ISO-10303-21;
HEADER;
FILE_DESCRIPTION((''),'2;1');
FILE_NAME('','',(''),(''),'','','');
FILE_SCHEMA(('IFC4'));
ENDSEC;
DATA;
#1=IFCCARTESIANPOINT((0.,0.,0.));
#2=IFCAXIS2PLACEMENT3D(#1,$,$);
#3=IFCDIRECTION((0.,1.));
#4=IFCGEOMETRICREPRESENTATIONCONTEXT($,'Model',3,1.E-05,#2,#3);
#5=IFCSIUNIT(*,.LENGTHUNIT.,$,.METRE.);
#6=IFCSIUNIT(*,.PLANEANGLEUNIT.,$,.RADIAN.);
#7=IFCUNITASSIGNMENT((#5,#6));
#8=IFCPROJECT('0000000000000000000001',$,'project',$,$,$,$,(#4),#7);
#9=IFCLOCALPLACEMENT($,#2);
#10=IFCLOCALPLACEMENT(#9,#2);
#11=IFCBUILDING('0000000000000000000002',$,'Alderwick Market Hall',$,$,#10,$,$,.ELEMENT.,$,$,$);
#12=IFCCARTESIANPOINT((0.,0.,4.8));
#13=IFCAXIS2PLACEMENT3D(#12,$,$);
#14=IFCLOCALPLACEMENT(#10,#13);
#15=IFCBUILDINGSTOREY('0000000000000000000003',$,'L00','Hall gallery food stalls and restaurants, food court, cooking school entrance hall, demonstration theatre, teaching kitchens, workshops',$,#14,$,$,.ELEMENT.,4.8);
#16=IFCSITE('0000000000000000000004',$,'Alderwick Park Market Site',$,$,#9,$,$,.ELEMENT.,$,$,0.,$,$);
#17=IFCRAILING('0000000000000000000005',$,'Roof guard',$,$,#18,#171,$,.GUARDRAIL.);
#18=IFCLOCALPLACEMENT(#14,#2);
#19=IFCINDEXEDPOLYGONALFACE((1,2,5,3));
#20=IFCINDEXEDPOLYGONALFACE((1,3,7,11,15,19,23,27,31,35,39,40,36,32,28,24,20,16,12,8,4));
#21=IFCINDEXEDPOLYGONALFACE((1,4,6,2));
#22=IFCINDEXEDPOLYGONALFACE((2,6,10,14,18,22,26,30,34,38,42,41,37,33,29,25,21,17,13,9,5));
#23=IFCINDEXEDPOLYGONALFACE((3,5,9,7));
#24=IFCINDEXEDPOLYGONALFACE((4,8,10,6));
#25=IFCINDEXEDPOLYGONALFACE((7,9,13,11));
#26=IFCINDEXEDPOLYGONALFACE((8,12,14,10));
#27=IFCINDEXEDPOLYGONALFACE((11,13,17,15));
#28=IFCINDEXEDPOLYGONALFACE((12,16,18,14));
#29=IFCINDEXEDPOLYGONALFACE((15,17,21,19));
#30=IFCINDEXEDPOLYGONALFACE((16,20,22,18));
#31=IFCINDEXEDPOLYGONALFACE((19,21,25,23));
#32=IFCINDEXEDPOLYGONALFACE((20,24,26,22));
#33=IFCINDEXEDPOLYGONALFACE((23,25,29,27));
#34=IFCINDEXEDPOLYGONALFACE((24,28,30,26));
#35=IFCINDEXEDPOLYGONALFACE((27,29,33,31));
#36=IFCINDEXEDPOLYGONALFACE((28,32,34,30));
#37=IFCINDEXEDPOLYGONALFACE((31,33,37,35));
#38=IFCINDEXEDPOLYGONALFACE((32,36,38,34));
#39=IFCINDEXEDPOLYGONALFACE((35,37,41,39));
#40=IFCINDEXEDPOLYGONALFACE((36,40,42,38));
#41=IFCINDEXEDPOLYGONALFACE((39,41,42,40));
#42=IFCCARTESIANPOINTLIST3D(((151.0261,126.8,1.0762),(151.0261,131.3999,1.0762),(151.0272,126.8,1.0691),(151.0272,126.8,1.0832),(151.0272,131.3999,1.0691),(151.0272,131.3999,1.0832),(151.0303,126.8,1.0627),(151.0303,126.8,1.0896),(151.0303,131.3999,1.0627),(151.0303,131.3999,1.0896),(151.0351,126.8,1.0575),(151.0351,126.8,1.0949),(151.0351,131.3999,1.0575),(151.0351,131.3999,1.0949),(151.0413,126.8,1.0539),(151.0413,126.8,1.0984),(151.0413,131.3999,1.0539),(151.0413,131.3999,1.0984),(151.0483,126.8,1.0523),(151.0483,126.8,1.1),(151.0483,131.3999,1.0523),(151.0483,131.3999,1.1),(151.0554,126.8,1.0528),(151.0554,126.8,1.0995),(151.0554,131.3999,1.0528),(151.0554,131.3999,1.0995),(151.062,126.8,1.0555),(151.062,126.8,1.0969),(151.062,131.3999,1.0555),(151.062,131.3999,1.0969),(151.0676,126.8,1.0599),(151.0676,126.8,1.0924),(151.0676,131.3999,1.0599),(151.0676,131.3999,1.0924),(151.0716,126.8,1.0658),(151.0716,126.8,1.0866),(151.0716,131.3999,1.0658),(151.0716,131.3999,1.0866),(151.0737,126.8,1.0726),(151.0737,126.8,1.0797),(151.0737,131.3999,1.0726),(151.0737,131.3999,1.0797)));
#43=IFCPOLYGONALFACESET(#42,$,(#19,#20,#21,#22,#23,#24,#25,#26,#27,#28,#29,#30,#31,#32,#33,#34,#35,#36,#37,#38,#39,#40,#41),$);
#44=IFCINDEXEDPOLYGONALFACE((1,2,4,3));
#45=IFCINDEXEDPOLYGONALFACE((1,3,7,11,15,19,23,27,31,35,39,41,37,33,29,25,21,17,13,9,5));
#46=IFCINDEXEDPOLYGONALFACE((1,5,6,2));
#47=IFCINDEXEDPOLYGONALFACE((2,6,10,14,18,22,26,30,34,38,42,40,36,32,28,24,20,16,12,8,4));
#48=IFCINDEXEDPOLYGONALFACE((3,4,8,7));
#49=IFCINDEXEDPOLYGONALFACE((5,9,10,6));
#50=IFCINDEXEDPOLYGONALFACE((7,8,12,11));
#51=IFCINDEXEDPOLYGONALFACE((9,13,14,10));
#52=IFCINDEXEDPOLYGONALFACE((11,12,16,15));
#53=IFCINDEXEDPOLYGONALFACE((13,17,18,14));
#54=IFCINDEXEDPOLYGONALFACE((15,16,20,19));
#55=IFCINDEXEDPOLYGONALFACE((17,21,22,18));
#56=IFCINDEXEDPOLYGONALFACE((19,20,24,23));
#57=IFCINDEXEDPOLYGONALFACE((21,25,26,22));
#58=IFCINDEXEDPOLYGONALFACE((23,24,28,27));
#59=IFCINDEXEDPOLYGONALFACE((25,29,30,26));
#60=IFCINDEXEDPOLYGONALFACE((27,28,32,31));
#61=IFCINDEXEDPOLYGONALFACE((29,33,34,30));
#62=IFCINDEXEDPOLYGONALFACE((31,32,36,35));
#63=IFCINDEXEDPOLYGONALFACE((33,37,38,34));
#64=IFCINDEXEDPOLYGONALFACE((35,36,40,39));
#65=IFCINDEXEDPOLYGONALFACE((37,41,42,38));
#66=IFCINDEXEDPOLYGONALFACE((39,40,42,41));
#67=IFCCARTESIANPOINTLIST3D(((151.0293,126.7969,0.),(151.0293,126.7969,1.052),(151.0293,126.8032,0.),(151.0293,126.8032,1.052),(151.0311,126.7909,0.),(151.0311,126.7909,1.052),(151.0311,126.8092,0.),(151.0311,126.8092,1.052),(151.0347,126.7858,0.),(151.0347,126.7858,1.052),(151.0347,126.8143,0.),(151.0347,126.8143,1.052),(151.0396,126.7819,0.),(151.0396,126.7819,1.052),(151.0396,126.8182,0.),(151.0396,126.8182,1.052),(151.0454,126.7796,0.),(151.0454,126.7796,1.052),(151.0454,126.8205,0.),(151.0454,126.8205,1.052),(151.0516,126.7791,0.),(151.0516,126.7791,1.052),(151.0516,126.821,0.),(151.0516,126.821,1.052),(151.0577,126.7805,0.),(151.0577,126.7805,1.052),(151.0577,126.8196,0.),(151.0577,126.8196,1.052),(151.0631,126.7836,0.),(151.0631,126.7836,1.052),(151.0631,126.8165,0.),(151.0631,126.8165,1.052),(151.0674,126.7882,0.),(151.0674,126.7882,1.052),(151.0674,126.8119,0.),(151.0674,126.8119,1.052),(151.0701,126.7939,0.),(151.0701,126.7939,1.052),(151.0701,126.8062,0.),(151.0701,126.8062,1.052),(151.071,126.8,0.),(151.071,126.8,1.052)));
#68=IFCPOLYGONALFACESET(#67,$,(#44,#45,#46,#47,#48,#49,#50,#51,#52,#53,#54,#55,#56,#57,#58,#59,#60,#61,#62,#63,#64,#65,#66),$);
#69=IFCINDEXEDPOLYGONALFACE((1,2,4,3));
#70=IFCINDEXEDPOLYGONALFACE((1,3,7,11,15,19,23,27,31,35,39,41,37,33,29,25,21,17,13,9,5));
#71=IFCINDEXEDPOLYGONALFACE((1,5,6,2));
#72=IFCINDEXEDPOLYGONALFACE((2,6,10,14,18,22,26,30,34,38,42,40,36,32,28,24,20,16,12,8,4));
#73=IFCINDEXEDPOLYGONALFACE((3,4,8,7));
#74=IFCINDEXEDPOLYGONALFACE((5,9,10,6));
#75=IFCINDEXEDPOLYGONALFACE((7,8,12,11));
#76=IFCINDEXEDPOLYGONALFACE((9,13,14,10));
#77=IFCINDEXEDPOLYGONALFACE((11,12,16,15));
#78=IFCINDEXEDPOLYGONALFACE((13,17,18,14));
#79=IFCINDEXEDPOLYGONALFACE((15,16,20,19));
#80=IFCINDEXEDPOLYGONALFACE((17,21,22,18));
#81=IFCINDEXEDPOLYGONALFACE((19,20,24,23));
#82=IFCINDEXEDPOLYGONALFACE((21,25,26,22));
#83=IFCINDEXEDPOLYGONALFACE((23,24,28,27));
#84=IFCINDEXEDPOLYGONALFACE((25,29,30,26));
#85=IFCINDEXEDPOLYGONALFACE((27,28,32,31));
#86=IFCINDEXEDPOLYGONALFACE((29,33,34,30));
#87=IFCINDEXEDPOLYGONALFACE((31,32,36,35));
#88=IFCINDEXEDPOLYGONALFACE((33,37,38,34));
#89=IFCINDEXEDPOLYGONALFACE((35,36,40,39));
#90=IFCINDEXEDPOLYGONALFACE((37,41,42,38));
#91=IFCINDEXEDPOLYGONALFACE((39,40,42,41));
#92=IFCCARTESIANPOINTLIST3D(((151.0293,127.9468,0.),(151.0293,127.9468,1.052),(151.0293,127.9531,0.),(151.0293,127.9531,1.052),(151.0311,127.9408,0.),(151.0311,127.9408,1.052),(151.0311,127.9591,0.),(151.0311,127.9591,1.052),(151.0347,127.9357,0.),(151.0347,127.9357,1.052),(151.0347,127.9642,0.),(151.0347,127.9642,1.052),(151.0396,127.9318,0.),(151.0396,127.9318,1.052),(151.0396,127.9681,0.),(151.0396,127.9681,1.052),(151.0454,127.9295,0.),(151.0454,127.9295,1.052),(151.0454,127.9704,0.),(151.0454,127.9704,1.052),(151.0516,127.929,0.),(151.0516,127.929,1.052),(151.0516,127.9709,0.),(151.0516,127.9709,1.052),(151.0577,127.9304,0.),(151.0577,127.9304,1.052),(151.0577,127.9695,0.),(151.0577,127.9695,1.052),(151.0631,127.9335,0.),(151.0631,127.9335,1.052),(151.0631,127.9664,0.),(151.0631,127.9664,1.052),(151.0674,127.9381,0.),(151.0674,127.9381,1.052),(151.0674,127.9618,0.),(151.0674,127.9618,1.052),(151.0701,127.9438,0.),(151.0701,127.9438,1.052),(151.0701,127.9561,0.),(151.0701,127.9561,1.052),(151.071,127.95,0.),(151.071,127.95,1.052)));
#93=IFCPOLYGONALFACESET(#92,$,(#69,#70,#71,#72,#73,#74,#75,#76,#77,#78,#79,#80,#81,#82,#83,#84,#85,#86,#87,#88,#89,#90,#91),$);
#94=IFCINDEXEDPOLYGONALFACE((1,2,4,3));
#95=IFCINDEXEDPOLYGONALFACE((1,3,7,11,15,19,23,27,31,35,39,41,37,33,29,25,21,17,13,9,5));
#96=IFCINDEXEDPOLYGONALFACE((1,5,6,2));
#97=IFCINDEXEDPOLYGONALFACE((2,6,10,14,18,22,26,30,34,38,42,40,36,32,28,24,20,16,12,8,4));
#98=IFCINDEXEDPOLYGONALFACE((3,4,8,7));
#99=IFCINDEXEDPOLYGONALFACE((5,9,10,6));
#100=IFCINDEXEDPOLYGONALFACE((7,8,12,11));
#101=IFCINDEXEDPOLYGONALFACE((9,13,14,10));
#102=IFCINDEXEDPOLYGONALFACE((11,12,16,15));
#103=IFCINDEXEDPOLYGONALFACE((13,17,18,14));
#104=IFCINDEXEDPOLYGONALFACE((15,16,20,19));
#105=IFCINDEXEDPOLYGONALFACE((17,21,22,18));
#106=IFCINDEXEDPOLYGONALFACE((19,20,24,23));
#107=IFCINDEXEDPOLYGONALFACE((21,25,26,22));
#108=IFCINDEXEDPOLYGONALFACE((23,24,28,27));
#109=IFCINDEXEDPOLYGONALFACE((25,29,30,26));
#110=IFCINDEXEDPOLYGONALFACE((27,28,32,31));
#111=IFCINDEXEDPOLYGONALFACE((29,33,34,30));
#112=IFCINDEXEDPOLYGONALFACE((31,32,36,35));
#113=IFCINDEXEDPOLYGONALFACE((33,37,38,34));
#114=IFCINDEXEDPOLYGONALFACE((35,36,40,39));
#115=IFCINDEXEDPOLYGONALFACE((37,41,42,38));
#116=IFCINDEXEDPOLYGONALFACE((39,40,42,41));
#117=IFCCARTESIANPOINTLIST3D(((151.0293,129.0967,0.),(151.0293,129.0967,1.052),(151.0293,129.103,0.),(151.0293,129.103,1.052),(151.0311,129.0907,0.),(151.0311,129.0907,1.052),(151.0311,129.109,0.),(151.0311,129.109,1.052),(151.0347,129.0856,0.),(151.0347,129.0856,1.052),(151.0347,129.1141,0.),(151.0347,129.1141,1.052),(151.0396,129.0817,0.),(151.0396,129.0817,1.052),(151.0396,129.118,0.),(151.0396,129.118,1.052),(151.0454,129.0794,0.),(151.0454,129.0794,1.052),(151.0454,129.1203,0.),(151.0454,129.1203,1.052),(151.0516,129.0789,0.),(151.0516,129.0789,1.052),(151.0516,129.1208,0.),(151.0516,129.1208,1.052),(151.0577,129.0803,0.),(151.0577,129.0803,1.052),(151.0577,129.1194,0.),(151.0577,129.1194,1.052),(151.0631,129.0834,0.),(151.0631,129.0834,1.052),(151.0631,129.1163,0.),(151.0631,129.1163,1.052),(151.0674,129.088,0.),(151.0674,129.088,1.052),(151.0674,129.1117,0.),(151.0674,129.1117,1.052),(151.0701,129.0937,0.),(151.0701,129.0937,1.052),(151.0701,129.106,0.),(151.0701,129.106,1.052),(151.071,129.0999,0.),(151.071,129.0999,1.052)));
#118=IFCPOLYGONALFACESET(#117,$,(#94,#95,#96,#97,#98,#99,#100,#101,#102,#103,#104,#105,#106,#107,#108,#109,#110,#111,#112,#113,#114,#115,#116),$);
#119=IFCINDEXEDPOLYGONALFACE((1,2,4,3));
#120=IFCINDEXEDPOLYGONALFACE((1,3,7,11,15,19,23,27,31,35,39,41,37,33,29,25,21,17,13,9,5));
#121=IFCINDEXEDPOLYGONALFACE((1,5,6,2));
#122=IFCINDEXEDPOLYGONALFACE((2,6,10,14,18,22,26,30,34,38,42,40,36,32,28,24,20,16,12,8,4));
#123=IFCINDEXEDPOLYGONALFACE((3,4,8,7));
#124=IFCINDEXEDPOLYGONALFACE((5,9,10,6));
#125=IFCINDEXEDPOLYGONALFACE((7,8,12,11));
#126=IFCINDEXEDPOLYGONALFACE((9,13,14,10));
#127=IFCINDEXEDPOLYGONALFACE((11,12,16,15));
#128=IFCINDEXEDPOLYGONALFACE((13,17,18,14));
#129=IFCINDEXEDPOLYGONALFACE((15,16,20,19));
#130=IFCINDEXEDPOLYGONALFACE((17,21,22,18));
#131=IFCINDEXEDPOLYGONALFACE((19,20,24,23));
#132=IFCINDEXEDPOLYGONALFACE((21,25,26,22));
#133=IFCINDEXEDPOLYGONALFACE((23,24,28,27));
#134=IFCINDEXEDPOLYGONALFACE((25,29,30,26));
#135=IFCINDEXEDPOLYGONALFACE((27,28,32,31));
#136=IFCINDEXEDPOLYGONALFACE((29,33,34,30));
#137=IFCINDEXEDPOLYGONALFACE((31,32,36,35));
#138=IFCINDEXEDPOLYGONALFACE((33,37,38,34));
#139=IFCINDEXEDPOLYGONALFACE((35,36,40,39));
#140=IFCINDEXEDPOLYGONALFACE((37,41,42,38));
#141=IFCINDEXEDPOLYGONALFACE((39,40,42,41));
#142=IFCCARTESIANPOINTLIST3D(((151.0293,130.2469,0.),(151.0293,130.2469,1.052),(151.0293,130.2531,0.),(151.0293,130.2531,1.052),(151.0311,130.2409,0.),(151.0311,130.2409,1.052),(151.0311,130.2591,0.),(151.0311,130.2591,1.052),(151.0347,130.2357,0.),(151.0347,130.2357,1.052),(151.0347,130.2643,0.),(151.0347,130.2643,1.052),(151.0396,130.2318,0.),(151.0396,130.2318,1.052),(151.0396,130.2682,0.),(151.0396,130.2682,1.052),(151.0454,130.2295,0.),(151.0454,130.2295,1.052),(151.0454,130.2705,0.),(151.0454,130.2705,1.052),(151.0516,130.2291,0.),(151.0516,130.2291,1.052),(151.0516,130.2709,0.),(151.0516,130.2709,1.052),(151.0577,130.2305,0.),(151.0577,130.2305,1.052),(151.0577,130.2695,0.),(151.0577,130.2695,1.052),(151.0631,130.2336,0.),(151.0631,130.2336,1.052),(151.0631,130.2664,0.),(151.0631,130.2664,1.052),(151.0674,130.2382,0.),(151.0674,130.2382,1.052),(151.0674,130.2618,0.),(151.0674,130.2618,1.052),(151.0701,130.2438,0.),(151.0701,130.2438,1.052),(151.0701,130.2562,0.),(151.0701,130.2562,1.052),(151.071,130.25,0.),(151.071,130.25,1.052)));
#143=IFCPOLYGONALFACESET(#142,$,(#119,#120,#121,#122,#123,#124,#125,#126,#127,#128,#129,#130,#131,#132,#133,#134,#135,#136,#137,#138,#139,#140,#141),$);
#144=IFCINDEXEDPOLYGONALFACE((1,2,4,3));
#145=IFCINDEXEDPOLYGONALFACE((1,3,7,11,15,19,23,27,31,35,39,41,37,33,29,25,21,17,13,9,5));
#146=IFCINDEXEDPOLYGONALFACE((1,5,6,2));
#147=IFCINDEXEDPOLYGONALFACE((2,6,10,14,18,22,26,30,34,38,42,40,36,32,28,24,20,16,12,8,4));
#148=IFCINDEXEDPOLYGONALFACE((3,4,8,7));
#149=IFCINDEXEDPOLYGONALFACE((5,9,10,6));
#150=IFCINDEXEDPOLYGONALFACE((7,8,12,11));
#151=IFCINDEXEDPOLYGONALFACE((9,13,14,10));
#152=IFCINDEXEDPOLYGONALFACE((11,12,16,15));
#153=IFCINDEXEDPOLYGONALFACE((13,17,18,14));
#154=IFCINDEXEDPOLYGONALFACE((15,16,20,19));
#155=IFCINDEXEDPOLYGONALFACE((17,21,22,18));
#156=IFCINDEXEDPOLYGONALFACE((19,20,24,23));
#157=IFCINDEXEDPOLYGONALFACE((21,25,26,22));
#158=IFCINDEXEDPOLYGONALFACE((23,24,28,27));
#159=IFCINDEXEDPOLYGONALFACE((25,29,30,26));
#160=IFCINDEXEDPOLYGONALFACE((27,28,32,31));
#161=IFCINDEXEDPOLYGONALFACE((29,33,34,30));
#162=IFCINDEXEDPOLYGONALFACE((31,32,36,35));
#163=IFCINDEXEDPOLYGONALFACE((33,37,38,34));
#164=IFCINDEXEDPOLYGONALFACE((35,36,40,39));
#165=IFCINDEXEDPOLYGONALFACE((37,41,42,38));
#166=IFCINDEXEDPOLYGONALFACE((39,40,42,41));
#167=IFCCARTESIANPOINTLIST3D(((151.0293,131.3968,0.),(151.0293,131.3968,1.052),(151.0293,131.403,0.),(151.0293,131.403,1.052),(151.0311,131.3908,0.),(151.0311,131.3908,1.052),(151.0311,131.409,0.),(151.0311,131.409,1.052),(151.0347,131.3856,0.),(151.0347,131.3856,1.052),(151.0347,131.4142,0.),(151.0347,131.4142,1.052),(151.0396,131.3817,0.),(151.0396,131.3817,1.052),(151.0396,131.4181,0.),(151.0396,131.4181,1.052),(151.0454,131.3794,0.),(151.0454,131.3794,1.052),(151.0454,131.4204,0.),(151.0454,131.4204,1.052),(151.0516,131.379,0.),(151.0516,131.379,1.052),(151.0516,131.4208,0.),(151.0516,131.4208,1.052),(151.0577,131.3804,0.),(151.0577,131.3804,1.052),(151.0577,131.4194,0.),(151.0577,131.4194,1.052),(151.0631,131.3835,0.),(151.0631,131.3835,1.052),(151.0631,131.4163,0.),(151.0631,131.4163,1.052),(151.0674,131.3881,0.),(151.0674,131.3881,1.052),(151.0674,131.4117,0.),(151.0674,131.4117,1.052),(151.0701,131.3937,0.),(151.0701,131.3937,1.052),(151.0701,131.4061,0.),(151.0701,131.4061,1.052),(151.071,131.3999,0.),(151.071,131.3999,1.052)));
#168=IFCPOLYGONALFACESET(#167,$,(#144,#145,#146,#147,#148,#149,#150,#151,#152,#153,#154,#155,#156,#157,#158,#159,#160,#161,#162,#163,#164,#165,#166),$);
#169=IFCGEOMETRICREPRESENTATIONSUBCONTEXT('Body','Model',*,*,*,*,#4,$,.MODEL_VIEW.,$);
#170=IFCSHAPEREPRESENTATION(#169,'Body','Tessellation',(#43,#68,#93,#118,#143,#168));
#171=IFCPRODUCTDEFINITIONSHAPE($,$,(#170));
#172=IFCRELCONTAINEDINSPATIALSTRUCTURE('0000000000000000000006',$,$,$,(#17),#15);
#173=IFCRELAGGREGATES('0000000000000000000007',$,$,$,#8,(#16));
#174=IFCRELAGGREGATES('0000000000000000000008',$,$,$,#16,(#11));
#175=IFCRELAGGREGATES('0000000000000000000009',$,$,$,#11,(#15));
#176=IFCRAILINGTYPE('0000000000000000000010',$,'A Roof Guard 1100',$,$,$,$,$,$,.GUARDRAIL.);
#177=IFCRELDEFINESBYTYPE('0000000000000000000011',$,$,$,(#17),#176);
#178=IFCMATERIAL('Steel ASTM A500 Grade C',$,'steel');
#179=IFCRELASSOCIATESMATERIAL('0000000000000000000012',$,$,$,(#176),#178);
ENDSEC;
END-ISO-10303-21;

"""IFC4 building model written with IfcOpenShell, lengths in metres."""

from ifc_helpers import new_model, si_unit, direction, frame, origin, origin_2d, place, context, subcontext, project, spatial, circle, extrude, material, type_object, element, save


model = new_model("IFC4")

# Units and contexts
model_context = context("Model", 3, precision=1e-05, world=origin(), true_north=direction((0.0, 1.0)))
body_context = subcontext(model_context, "Body", "Model", "MODEL_VIEW")
ifc_project = project(units=[si_unit("LENGTHUNIT", "METRE"), si_unit("PLANEANGLEUNIT", "RADIAN")], contexts=[model_context])

# Site, building, storey
site_placement = place(None, origin())
site = spatial("IfcSite", under=ifc_project, at=site_placement, Name="Alderwick Park Market Site", CompositionType="ELEMENT", RefElevation=0.0)
building_placement = place(site_placement, origin())
building = spatial("IfcBuilding", under=site, at=building_placement, Name="Alderwick Market Hall", CompositionType="ELEMENT")
storey_placement = place(building_placement, frame((0.0, 0.0, 4.8)))
storey = spatial("IfcBuildingStorey", under=building, at=storey_placement, Name="L00", Description="Hall gallery food stalls and restaurants, food court, cooking school entrance hall, demonstration theatre, teaching kitchens, workshops", CompositionType="ELEMENT", Elevation=4.8)

# Shared definitions
ifc_material_1 = material(Name="Steel ASTM A500 Grade C", Category="steel")

# Railing
railing_type = type_object("IfcRailingType", Name="A Roof Guard 1100", PredefinedType="GUARDRAIL", material=ifc_material_1)
railing_1_placement = place(storey_placement, frame((151.05, 126.8, 0.0)))
element("IfcRailing", 1, at=railing_1_placement, inside=storey, type_object=railing_type, Name="Roof guard", PredefinedType="GUARDRAIL", context=body_context, shape_type="SweptSolid", body=[
    extrude(circle(Radius=0.0239, at=origin_2d()), frame((0.0, 0.0, 1.0762), z_axis=(0.0, 1.0, 0.0), x_axis=(-1.0, 0.0, 0.0)), (0.0, 0.0, 1.0), 4.5999),
    extrude(circle(Radius=0.021, at=origin_2d()), origin(), (0.0, 0.0, 1.0), 1.052),
    extrude(circle(Radius=0.021, at=origin_2d()), frame((0.0, 1.1499, 0.0)), (0.0, 0.0, 1.0), 1.052),
    extrude(circle(Radius=0.021, at=origin_2d()), frame((0.0, 2.2998, 0.0)), (0.0, 0.0, 1.0), 1.052),
    extrude(circle(Radius=0.021, at=origin_2d()), frame((0.0, 3.45, 0.0)), (0.0, 0.0, 1.0), 1.052),
    extrude(circle(Radius=0.021, at=origin_2d()), frame((0.0, 4.5999, 0.0)), (0.0, 0.0, 1.0), 1.052),
])

save(model, "model.ifc")
